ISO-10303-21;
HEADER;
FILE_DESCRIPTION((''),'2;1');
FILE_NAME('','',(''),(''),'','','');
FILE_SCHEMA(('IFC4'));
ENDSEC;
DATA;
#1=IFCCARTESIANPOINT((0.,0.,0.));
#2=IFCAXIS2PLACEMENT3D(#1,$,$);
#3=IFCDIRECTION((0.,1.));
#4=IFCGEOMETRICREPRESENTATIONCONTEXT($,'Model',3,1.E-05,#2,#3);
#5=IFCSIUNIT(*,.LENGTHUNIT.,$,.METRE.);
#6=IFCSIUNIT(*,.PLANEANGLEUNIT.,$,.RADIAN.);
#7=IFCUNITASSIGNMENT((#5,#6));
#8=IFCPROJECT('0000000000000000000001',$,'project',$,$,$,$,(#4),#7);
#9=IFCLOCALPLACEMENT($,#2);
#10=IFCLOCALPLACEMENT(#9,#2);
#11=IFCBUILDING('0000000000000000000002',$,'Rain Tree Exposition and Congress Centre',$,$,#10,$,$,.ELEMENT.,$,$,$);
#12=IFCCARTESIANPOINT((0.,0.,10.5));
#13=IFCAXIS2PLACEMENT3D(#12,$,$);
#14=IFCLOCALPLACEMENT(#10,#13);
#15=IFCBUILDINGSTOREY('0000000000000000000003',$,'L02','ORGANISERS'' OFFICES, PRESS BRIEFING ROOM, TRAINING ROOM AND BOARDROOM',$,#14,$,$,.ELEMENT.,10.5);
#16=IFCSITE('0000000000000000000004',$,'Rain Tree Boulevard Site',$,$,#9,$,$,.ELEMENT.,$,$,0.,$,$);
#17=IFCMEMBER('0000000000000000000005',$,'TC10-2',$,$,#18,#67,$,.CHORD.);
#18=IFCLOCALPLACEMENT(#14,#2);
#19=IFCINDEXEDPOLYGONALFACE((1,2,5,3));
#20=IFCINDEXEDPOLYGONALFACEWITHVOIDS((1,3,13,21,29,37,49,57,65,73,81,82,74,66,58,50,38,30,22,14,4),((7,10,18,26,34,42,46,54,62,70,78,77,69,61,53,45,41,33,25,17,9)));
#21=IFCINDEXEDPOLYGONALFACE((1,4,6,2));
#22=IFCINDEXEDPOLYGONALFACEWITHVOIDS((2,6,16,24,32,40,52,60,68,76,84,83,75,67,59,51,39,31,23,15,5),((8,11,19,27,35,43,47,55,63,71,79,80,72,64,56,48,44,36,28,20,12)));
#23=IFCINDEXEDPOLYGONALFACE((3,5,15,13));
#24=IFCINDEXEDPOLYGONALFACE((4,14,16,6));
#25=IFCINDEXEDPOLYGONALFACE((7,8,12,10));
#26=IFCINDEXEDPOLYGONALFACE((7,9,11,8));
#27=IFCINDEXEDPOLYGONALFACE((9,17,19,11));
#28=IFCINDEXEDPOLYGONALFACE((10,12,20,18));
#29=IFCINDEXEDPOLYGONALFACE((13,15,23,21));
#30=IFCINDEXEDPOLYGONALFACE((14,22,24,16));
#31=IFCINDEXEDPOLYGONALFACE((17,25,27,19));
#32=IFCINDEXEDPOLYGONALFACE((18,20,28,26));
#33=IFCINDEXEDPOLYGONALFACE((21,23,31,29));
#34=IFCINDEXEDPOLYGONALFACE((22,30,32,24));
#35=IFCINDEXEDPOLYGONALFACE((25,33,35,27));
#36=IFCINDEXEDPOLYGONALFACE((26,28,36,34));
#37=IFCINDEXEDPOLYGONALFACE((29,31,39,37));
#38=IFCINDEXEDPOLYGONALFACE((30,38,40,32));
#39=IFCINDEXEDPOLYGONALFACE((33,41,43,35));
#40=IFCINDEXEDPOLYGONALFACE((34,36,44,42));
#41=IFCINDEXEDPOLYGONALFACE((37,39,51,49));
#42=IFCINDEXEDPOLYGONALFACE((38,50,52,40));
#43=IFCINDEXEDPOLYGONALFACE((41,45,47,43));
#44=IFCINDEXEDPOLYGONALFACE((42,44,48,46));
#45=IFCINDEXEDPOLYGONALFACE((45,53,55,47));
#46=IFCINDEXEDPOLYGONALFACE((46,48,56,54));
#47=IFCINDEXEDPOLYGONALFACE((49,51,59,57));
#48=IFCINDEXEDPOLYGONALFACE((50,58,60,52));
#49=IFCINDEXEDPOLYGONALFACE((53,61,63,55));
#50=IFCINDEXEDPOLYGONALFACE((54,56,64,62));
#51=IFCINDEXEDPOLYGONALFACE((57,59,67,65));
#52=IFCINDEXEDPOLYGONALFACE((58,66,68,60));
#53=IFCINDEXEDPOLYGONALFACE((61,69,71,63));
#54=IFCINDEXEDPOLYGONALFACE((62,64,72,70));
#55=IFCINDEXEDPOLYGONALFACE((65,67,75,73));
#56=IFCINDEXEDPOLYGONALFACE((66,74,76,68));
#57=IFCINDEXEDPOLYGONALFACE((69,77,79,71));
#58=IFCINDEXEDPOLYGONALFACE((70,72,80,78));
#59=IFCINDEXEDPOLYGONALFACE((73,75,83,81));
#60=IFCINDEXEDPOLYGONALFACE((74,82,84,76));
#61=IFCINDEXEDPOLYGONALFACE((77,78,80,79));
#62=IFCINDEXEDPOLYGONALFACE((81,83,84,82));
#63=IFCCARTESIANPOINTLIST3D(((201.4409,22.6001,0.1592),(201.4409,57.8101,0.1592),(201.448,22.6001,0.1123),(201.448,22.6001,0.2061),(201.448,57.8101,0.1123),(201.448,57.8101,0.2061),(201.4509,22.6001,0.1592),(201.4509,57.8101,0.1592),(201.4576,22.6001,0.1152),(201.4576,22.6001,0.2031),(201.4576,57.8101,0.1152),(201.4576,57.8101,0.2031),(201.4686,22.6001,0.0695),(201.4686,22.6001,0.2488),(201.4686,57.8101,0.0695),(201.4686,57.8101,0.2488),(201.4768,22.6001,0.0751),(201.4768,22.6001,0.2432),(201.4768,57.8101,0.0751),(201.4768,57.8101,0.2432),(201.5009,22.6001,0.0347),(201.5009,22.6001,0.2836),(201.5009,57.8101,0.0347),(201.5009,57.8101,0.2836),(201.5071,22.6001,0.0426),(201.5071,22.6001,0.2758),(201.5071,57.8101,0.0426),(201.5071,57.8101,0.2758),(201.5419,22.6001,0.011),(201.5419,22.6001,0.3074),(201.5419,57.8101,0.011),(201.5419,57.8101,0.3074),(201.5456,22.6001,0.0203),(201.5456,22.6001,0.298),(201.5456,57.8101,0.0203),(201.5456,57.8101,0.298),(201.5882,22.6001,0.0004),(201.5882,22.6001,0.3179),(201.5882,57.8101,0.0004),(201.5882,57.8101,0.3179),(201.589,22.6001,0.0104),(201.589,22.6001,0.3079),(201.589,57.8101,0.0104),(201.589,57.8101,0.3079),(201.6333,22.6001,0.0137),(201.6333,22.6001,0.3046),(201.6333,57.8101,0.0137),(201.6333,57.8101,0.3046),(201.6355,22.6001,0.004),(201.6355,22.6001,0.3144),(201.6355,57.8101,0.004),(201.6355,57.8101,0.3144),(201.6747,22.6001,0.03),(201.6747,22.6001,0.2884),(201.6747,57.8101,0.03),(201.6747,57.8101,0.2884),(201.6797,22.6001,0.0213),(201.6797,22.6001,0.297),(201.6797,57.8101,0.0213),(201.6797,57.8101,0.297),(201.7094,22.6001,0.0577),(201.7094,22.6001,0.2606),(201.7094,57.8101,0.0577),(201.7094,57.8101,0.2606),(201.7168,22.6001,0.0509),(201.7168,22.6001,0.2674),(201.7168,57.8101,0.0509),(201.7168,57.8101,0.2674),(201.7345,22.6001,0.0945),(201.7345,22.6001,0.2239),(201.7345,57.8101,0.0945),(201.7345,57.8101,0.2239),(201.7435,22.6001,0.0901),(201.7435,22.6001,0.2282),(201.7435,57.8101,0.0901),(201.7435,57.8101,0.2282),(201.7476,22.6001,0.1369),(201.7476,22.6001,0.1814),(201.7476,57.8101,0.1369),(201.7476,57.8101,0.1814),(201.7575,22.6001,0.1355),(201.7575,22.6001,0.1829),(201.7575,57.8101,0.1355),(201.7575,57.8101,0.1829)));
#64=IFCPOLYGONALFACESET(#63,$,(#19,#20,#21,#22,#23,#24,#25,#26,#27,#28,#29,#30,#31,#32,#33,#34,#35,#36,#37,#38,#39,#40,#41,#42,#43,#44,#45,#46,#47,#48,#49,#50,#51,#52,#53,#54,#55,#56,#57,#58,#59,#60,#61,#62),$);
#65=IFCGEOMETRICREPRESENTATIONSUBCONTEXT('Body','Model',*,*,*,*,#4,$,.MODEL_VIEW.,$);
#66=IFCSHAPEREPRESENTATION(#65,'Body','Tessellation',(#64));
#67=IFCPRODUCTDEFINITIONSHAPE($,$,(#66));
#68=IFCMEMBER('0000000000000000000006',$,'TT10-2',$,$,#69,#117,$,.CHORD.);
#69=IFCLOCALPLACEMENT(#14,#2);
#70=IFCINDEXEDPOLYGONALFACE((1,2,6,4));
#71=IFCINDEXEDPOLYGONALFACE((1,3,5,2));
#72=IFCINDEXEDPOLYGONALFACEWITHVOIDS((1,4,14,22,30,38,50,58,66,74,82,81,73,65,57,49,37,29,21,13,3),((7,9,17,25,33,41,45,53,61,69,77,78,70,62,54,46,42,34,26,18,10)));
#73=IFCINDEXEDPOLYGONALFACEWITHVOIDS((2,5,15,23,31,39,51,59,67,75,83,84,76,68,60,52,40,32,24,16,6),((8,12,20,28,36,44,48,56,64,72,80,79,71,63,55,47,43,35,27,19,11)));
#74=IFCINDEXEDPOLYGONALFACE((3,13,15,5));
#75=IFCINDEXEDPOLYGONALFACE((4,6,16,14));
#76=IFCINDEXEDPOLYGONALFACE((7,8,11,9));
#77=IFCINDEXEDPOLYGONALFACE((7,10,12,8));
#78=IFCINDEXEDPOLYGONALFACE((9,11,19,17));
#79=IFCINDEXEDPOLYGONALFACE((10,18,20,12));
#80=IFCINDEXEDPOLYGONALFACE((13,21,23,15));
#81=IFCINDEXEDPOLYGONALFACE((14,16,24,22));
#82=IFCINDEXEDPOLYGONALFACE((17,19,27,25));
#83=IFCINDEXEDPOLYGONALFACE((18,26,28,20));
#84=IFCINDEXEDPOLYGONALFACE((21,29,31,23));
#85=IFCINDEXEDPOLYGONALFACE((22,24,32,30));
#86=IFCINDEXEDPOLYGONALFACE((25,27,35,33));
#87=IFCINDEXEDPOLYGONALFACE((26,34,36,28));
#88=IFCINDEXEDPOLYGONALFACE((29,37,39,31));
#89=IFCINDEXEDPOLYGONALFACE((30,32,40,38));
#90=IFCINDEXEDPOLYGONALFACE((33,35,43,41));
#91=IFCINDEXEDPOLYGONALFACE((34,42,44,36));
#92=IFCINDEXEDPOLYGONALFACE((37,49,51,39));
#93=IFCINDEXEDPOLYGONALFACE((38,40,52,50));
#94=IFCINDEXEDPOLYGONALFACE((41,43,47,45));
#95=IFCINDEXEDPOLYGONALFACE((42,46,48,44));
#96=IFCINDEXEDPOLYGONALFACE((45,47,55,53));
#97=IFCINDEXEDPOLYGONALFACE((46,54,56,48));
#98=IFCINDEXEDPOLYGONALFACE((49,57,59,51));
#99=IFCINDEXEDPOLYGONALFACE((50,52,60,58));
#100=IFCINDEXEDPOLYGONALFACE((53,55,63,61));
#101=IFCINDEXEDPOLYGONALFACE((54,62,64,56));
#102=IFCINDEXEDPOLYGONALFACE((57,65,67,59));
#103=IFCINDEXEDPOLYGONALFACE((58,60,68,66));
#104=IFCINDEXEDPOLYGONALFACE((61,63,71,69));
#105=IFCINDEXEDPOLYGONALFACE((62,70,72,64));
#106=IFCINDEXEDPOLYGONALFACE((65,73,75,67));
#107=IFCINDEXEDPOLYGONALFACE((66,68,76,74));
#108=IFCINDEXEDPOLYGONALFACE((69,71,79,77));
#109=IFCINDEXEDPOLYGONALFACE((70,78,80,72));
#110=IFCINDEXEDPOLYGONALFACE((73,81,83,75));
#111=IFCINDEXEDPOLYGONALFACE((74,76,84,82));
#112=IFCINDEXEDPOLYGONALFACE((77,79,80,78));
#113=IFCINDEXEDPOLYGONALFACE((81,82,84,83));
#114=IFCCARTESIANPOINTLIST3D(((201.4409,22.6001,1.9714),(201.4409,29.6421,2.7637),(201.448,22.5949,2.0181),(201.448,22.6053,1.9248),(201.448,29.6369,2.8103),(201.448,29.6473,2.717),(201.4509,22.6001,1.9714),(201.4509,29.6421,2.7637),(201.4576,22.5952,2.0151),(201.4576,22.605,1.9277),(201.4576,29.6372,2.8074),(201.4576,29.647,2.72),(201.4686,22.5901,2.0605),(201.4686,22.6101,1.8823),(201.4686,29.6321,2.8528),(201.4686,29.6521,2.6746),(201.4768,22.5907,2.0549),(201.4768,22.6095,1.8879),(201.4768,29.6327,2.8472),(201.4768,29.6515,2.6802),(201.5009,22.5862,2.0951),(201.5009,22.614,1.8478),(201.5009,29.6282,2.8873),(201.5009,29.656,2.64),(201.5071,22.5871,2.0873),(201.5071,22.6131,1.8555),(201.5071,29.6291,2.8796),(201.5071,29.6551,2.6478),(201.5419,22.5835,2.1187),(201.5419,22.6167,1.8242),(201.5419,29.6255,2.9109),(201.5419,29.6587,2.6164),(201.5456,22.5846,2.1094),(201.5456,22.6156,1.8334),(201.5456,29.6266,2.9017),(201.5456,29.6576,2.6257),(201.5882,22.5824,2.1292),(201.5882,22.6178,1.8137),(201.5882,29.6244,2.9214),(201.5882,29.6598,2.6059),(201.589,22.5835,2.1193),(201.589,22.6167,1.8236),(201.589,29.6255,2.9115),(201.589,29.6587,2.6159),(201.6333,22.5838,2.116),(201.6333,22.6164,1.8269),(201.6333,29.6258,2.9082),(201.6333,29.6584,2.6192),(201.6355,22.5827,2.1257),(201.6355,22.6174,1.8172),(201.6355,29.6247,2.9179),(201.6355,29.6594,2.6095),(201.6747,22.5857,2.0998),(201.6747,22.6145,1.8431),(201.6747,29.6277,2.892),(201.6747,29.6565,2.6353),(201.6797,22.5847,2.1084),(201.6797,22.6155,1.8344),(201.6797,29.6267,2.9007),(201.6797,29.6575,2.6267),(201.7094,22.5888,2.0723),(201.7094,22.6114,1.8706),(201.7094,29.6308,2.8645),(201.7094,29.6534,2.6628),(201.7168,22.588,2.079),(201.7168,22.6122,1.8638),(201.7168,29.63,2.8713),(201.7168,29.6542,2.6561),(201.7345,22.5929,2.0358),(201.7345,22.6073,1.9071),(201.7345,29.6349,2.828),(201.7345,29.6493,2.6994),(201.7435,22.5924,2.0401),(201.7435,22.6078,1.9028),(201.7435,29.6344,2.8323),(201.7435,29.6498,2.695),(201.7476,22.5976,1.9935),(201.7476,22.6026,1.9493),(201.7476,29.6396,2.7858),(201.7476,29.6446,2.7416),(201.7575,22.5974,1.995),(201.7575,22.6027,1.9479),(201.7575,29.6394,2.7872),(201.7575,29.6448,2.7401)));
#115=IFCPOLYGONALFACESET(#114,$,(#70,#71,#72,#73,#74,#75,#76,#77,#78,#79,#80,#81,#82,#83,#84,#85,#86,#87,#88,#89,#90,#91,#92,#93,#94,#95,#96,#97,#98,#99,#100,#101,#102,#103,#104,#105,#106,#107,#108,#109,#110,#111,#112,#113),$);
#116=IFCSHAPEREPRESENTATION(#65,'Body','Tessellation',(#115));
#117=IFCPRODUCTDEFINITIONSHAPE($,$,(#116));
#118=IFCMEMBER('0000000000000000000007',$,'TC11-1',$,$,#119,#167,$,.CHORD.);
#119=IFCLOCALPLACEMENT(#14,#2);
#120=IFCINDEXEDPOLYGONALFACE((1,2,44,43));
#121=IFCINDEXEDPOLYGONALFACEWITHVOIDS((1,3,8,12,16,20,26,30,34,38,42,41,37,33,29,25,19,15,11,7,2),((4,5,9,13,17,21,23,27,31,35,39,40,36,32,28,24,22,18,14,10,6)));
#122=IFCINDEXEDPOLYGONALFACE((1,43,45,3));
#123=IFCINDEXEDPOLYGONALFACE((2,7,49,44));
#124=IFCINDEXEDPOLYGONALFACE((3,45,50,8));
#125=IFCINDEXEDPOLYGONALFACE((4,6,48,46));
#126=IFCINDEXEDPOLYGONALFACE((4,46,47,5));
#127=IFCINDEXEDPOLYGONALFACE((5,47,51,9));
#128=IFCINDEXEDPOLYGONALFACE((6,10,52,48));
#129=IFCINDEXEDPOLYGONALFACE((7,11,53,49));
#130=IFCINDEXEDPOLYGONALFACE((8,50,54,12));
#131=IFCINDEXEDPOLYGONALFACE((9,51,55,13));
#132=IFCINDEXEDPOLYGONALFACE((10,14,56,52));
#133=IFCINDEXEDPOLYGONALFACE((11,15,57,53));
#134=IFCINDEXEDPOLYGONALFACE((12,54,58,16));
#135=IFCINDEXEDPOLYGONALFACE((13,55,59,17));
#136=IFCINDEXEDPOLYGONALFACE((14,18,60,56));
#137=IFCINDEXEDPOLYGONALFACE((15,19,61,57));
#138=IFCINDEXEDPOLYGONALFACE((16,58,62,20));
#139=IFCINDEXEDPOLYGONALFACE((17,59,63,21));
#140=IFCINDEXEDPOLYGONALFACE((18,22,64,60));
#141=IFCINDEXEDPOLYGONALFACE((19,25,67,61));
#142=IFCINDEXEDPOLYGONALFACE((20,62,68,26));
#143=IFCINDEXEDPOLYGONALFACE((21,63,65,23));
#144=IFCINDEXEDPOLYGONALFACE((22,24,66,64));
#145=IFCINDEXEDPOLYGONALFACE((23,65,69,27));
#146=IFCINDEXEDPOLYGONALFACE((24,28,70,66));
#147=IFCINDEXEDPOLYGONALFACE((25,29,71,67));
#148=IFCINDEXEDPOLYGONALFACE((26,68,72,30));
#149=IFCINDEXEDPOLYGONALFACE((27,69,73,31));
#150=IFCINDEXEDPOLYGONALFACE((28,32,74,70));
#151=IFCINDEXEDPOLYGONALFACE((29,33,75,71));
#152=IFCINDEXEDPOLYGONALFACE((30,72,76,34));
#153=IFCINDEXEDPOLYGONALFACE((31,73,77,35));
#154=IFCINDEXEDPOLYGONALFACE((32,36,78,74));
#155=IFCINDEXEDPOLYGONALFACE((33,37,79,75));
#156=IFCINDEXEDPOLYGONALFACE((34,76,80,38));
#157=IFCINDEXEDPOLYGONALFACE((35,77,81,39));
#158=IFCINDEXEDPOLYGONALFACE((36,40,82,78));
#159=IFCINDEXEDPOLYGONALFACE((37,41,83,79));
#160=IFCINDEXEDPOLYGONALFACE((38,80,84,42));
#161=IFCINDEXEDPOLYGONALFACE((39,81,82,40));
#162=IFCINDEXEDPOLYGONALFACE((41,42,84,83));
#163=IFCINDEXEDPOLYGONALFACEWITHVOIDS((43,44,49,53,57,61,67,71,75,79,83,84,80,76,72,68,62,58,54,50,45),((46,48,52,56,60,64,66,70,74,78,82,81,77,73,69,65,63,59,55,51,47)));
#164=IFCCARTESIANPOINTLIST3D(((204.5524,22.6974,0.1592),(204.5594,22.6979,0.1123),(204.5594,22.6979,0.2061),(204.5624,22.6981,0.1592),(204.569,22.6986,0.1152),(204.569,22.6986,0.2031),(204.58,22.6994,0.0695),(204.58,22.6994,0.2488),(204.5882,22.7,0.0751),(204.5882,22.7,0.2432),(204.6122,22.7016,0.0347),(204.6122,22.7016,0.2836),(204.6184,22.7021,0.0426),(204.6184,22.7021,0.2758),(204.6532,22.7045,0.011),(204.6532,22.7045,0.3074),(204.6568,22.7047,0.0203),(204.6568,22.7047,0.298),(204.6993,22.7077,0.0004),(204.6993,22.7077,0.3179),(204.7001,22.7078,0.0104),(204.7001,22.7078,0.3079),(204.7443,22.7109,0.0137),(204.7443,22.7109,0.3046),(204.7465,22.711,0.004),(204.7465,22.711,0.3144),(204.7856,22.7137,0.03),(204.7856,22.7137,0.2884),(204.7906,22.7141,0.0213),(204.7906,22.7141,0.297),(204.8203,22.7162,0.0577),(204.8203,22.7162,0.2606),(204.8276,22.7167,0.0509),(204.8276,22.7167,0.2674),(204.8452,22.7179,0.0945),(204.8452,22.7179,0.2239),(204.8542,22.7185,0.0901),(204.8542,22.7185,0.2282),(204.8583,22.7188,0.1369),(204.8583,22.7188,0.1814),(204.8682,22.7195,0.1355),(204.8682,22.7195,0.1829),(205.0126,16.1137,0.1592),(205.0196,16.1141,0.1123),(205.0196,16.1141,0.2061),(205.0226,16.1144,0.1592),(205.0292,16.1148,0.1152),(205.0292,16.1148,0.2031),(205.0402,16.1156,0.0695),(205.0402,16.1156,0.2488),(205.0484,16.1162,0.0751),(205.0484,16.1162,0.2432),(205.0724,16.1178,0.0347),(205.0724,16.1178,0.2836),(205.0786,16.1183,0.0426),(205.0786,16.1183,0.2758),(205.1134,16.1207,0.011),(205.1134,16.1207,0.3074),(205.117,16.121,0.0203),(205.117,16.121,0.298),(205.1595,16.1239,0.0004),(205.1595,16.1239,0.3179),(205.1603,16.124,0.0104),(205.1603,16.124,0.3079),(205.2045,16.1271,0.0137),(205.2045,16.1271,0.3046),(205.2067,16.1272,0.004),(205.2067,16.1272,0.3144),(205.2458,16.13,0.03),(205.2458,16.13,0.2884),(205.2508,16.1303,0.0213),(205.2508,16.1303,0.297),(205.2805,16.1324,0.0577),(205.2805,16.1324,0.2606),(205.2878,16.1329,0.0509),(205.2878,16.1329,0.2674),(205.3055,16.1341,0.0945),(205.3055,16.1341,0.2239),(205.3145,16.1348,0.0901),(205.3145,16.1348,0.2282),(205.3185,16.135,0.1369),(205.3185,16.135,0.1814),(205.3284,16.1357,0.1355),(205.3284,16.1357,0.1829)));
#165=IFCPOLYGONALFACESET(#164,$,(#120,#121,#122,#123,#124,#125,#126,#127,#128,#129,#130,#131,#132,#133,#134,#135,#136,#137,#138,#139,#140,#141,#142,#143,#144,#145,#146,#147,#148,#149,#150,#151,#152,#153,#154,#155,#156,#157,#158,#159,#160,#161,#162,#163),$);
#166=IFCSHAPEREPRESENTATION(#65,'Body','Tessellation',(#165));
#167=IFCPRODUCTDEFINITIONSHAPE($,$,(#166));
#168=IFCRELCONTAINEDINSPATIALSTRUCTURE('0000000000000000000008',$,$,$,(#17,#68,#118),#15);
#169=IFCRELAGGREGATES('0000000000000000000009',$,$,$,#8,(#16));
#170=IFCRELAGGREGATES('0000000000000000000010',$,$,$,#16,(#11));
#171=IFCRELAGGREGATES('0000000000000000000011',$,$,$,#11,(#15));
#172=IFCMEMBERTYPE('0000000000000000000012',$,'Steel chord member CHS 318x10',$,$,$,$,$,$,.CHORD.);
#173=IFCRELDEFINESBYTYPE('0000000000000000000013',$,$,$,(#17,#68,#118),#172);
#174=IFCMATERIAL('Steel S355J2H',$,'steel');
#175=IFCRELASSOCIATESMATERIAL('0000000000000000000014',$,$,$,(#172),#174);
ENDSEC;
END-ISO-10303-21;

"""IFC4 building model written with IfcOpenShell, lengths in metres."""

from ifc_helpers import new_model, si_unit, direction, frame, origin, origin_2d, place, context, subcontext, project, spatial, hollow_circle, extrude, material, material_profile, profile_set, type_object, element, save


model = new_model("IFC4")

# Units and contexts
model_context = context("Model", 3, precision=1e-05, world=origin(), true_north=direction((0.0, 1.0)))
body_context = subcontext(model_context, "Body", "Model", "MODEL_VIEW")
ifc_project = project(units=[si_unit("LENGTHUNIT", "METRE"), si_unit("PLANEANGLEUNIT", "RADIAN")], contexts=[model_context])

# Site, building, storey
site_placement = place(None, origin())
site = spatial("IfcSite", under=ifc_project, at=site_placement, Name="Rain Tree Boulevard Site", CompositionType="ELEMENT", RefElevation=0.0)
building_placement = place(site_placement, origin())
building = spatial("IfcBuilding", under=site, at=building_placement, Name="Rain Tree Exposition and Congress Centre", CompositionType="ELEMENT")
storey_placement = place(building_placement, frame((0.0, 0.0, 10.5)))
storey = spatial("IfcBuildingStorey", under=building, at=storey_placement, Name="L02", Description="ORGANISERS' OFFICES, PRESS BRIEFING ROOM, TRAINING ROOM AND BOARDROOM", CompositionType="ELEMENT", Elevation=10.5)

# Members
ifc_material_1 = material(Name="Steel S355J2H", Category="steel")
ifc_material_profile_1 = material_profile(ifc_material_1, hollow_circle(Radius=0.1592, WallThickness=0.01, at=origin_2d()), Name="CHS 318x10")
ifc_profile_set_1 = profile_set([ifc_material_profile_1], Name="Steel S355J2H")
member_type_1 = type_object("IfcMemberType", Name="Steel chord member CHS 318x10", PredefinedType="CHORD", material=ifc_profile_set_1)
member_1_placement = place(storey_placement, frame((201.6001, 22.6001, 0.1592), z_axis=(0.0, 1.0, 0.0), x_axis=(-1.0, 0.0, 0.0)))
element("IfcMember", 1, at=member_1_placement, inside=storey, type_object=member_type_1, Name="TC10-2", PredefinedType="CHORD", context=body_context, shape_type="SweptSolid", body=[
    extrude(hollow_circle(Radius=0.1592, WallThickness=0.01, at=origin_2d()), origin(), (0.0, 0.0, 1.0), 35.21),
])
member_2_placement = place(storey_placement, frame((201.6001, 22.6001, 1.9714), z_axis=(0.0, 0.993731, 0.111796), x_axis=(-1.0, 0.0, 0.0)))
element("IfcMember", 2, at=member_2_placement, inside=storey, type_object=member_type_1, Name="TT10-2", PredefinedType="CHORD", context=body_context, shape_type="SweptSolid", body=[
    extrude(hollow_circle(Radius=0.1592, WallThickness=0.01, at=origin_2d()), origin(), (0.0, 0.0, 1.0), 7.0864),
])
member_3_placement = place(storey_placement, frame((205.1714, 16.1248, 0.1592), z_axis=(-0.06973, 0.997566, 0.0), x_axis=(-0.997566, -0.06973, 0.0)))
element("IfcMember", 3, at=member_3_placement, inside=storey, type_object=member_type_1, Name="TC11-1", PredefinedType="CHORD", context=body_context, shape_type="SweptSolid", body=[
    extrude(hollow_circle(Radius=0.1592, WallThickness=0.01, at=origin_2d()), origin(), (0.0, 0.0, 1.0), 6.5999),
])

save(model, "model.ifc")
